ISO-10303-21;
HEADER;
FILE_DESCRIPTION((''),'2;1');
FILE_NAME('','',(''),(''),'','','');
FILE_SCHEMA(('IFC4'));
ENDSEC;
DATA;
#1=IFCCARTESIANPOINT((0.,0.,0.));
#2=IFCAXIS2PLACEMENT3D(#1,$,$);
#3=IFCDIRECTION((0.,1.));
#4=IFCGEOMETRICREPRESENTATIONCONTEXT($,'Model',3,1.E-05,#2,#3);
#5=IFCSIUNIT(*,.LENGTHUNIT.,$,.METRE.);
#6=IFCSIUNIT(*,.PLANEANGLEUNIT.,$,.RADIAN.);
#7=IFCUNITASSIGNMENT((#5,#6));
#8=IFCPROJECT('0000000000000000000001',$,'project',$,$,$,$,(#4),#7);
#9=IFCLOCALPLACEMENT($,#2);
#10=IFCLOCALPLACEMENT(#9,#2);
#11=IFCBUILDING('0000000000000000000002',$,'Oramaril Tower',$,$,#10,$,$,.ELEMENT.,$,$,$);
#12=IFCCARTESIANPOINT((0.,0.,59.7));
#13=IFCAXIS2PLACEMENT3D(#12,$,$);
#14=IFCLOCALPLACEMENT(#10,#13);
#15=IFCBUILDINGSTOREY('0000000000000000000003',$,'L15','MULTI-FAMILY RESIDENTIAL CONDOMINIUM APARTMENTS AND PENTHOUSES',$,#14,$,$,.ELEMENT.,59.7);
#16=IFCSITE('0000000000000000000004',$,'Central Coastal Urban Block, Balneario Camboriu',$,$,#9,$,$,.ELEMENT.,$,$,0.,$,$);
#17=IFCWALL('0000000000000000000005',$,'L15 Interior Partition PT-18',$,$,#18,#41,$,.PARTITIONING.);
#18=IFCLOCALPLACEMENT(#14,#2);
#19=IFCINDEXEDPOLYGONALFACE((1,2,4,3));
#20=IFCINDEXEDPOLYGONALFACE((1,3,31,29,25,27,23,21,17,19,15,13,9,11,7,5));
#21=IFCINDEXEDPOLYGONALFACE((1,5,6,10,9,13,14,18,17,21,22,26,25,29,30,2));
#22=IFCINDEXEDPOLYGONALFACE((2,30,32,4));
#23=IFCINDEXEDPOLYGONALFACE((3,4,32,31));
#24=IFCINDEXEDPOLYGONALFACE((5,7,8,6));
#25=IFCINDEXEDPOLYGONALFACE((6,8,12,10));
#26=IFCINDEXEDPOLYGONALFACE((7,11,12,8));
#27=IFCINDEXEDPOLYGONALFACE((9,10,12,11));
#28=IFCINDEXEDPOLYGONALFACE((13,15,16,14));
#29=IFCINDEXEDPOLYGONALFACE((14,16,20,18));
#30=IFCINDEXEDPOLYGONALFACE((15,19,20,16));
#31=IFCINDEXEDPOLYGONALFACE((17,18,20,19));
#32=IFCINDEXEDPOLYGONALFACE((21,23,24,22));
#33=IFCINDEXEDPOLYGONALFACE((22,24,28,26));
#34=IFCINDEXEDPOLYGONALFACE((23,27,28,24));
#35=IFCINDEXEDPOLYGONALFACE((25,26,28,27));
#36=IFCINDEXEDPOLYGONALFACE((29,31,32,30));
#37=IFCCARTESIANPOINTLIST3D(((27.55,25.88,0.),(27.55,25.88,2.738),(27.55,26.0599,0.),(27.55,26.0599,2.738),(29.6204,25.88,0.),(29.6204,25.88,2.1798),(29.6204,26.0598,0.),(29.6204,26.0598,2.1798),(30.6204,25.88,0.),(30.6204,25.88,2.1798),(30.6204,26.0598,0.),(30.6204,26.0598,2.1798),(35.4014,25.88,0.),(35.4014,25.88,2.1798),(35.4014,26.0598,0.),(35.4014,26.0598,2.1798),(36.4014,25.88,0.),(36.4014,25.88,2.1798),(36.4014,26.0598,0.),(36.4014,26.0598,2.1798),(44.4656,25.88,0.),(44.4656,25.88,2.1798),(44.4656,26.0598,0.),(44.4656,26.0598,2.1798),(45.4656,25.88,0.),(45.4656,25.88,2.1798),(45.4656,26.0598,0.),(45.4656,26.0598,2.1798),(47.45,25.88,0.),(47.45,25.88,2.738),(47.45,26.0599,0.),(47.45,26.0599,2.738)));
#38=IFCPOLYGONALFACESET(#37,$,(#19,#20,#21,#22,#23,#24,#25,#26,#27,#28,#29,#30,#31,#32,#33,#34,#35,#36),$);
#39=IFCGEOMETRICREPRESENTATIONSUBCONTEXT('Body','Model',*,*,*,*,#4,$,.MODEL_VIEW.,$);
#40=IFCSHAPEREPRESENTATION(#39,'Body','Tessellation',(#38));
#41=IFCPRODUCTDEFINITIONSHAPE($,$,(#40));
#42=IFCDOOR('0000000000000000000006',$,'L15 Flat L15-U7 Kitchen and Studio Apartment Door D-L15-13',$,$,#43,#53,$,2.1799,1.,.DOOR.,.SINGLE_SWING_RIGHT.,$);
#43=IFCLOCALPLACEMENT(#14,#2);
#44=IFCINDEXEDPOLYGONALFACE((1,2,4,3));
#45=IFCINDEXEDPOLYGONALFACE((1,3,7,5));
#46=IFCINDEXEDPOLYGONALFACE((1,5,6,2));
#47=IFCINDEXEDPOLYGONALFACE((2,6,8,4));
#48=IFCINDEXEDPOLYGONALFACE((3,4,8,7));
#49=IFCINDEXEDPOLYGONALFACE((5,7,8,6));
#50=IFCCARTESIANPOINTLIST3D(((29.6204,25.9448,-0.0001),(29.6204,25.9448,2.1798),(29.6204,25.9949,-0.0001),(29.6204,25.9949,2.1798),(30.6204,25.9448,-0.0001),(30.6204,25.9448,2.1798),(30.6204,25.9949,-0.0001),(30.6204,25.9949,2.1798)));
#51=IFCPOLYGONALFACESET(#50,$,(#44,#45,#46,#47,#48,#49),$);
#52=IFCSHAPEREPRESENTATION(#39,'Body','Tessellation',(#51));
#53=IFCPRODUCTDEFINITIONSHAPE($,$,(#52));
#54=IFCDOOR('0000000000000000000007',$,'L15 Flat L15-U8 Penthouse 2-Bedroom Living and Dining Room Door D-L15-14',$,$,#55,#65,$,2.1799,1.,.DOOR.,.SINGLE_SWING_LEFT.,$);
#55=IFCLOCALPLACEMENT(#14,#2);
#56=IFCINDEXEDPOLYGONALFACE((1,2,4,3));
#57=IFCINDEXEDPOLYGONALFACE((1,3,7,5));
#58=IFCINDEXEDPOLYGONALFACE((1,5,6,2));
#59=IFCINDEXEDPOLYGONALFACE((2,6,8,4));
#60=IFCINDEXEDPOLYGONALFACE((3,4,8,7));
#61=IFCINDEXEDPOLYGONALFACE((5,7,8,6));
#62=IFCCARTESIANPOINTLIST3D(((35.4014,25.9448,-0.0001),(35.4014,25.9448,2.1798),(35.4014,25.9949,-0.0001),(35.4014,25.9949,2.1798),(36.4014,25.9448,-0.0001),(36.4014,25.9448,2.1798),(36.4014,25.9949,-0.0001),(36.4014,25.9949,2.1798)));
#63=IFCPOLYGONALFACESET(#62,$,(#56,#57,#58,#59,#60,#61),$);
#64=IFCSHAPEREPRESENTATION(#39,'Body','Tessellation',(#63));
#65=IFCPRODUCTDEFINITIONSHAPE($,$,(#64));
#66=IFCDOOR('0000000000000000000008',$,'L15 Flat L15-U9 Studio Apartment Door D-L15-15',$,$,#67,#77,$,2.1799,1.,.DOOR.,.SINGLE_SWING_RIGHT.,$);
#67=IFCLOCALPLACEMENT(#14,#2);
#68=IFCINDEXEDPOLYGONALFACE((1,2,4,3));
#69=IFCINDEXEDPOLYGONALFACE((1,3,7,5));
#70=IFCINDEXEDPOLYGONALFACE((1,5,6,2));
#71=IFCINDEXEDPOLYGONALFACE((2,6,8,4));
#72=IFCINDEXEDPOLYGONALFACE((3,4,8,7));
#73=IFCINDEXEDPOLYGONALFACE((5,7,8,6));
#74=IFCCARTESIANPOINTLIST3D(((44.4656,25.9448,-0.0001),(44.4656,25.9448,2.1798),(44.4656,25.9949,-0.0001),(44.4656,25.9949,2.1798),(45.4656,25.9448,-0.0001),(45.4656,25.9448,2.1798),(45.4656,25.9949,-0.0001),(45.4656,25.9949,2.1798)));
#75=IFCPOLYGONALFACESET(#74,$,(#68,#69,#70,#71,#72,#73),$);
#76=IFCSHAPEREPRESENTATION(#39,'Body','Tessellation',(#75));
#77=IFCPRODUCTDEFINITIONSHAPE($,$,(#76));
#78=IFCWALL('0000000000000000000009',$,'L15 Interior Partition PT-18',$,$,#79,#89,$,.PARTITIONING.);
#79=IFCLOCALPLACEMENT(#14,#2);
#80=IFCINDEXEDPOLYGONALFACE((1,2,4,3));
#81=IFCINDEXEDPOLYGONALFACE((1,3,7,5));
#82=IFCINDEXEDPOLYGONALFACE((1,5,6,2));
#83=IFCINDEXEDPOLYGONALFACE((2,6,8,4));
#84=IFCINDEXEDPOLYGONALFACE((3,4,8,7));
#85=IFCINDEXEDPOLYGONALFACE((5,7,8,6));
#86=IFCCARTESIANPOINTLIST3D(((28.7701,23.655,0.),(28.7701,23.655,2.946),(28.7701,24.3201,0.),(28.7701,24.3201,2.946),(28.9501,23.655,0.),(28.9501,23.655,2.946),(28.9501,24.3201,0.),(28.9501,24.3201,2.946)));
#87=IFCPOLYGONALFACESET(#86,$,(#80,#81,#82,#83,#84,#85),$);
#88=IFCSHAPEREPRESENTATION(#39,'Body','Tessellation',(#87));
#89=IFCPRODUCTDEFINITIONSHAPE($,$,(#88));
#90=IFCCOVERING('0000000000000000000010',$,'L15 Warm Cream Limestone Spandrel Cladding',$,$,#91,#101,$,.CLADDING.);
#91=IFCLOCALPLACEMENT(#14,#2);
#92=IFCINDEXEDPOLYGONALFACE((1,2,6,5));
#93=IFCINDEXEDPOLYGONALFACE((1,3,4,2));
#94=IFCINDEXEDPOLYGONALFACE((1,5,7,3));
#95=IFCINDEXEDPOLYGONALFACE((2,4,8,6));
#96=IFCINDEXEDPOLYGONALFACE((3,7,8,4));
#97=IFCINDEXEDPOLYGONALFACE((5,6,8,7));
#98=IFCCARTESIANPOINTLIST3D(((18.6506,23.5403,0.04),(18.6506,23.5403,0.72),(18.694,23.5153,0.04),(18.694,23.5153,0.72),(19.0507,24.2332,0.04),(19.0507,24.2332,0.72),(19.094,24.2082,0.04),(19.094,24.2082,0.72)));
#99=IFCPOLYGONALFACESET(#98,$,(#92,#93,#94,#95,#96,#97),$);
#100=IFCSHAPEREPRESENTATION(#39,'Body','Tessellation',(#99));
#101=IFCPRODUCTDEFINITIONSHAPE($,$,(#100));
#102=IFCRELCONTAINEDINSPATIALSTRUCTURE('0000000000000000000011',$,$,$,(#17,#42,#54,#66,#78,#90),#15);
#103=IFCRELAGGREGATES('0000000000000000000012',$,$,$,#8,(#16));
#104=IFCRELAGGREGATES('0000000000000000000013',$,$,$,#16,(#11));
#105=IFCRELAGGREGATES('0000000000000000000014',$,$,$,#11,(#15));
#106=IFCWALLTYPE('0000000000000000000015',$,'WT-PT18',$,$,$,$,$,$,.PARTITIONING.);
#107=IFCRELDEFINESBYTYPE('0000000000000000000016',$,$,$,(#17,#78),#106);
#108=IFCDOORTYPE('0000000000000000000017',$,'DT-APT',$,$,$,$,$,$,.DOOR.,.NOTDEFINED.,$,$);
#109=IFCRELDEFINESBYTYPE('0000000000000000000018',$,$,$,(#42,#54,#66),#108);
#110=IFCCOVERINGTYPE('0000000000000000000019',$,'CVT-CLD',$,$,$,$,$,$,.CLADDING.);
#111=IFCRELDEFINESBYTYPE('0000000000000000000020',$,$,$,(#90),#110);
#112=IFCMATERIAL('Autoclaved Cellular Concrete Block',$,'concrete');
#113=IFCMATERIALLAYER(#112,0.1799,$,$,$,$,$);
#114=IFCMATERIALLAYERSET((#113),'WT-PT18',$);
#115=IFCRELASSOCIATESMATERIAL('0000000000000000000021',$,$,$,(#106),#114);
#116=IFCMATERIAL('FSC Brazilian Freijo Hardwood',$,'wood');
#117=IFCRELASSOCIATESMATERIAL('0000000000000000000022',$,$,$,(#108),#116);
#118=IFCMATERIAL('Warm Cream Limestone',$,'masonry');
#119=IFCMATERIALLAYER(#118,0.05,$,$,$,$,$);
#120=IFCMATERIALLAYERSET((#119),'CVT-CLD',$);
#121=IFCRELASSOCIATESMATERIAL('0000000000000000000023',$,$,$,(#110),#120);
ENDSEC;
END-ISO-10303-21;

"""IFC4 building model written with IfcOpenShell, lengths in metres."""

from ifc_helpers import new_model, si_unit, direction, frame, frame_2d, origin, origin_2d, place, context, subcontext, project, spatial, rectangle, extrude, material, layer, layer_set, type_object, element, fill, save


model = new_model("IFC4")

# Units and contexts
model_context = context("Model", 3, precision=1e-05, world=origin(), true_north=direction((0.0, 1.0)))
body_context = subcontext(model_context, "Body", "Model", "MODEL_VIEW")
ifc_project = project(units=[si_unit("LENGTHUNIT", "METRE"), si_unit("PLANEANGLEUNIT", "RADIAN")], contexts=[model_context])

# Site, building, storey
site_placement = place(None, origin())
site = spatial("IfcSite", under=ifc_project, at=site_placement, Name="Central Coastal Urban Block, Balneario Camboriu", CompositionType="ELEMENT", RefElevation=0.0)
building_placement = place(site_placement, origin())
building = spatial("IfcBuilding", under=site, at=building_placement, Name="Oramaril Tower", CompositionType="ELEMENT")
storey_placement = place(building_placement, frame((0.0, 0.0, 59.7)))
storey = spatial("IfcBuildingStorey", under=building, at=storey_placement, Name="L15", Description="MULTI-FAMILY RESIDENTIAL CONDOMINIUM APARTMENTS AND PENTHOUSES", CompositionType="ELEMENT", Elevation=59.7)

# Shared definitions
ifc_material_1 = material(Name="Autoclaved Cellular Concrete Block", Category="concrete")
ifc_layer_1 = layer(ifc_material_1, 0.1799)
ifc_layer_set_1 = layer_set([ifc_layer_1], Name="WT-PT18")
wall_type_1 = type_object("IfcWallType", Name="WT-PT18", PredefinedType="PARTITIONING", material=ifc_layer_set_1)

# Wall, openings, doors
wall_1_placement = place(storey_placement, frame((27.55, 25.97, 0.0), z_axis=(0.0, 0.0, 1.0), x_axis=(1.0, 0.0, 0.0)))
wall_1 = element("IfcWall", 1, at=wall_1_placement, inside=storey, type_object=wall_type_1, Name="L15 Interior Partition PT-18", PredefinedType="PARTITIONING", context=body_context, shape_type="SweptSolid", body=[
    extrude(rectangle(XDim=19.8999, YDim=0.1799, at=frame_2d((9.95, 0.0))), origin(), (0.0, 0.0, 1.0), 2.738),
])
opening_1_placement = place(wall_1_placement, frame((2.0703, 0.0, 0.0)))
opening_1 = element("IfcOpeningElement", 2, at=opening_1_placement, cuts=wall_1, PredefinedType="OPENING", context=body_context, shape_type="SweptSolid", body=[
    extrude(rectangle(XDim=1.0, YDim=2.1799, at=frame_2d((0.5, 1.0898))), frame((0.0, 0.0898, 0.0), z_axis=(0.0, -1.0, 0.0), x_axis=(1.0, 0.0, 0.0)), (0.0, 0.0, 1.0), 0.1799),
])
opening_2_placement = place(wall_1_placement, frame((7.8513, 0.0, 0.0)))
opening_2 = element("IfcOpeningElement", 3, at=opening_2_placement, cuts=wall_1, PredefinedType="OPENING", context=body_context, shape_type="SweptSolid", body=[
    extrude(rectangle(XDim=1.0, YDim=2.1799, at=frame_2d((0.5, 1.0898))), frame((0.0, 0.0898, 0.0), z_axis=(0.0, -1.0, 0.0), x_axis=(1.0, 0.0, 0.0)), (0.0, 0.0, 1.0), 0.1799),
])
opening_3_placement = place(wall_1_placement, frame((16.9155, 0.0, 0.0)))
opening_3 = element("IfcOpeningElement", 4, at=opening_3_placement, cuts=wall_1, PredefinedType="OPENING", context=body_context, shape_type="SweptSolid", body=[
    extrude(rectangle(XDim=1.0, YDim=2.1799, at=frame_2d((0.5, 1.0898))), frame((0.0, 0.0898, 0.0), z_axis=(0.0, -1.0, 0.0), x_axis=(1.0, 0.0, 0.0)), (0.0, 0.0, 1.0), 0.1799),
])
ifc_material_2 = material(Name="FSC Brazilian Freijo Hardwood", Category="wood")
door_type_1 = type_object("IfcDoorType", Name="DT-APT", OperationType="NOTDEFINED", PredefinedType="DOOR", material=ifc_material_2)
door_1_placement = place(opening_1_placement, origin())
door_1 = element("IfcDoor", 5, at=door_1_placement, inside=storey, type_object=door_type_1, Name="L15 Flat L15-U7 Kitchen and Studio Apartment Door D-L15-13", OperationType="SINGLE_SWING_RIGHT", OverallHeight=2.1799, OverallWidth=1.0, PredefinedType="DOOR", context=body_context, shape_type="SweptSolid", body=[
    extrude(rectangle(XDim=1.0, YDim=2.1799, at=frame_2d((0.5, 1.0898))), frame((0.0, 0.0249, 0.0), z_axis=(0.0, -1.0, 0.0), x_axis=(1.0, 0.0, 0.0)), (0.0, 0.0, 1.0), 0.05),
])
fill(opening_1, door_1)
door_2_placement = place(opening_2_placement, origin())
door_2 = element("IfcDoor", 6, at=door_2_placement, inside=storey, type_object=door_type_1, Name="L15 Flat L15-U8 Penthouse 2-Bedroom Living and Dining Room Door D-L15-14", OperationType="SINGLE_SWING_LEFT", OverallHeight=2.1799, OverallWidth=1.0, PredefinedType="DOOR", context=body_context, shape_type="SweptSolid", body=[
    extrude(rectangle(XDim=1.0, YDim=2.1799, at=frame_2d((0.5, 1.0898))), frame((0.0, 0.0249, 0.0), z_axis=(0.0, -1.0, 0.0), x_axis=(1.0, 0.0, 0.0)), (0.0, 0.0, 1.0), 0.05),
])
fill(opening_2, door_2)
door_3_placement = place(opening_3_placement, origin())
door_3 = element("IfcDoor", 7, at=door_3_placement, inside=storey, type_object=door_type_1, Name="L15 Flat L15-U9 Studio Apartment Door D-L15-15", OperationType="SINGLE_SWING_RIGHT", OverallHeight=2.1799, OverallWidth=1.0, PredefinedType="DOOR", context=body_context, shape_type="SweptSolid", body=[
    extrude(rectangle(XDim=1.0, YDim=2.1799, at=frame_2d((0.5, 1.0898))), frame((0.0, 0.0249, 0.0), z_axis=(0.0, -1.0, 0.0), x_axis=(1.0, 0.0, 0.0)), (0.0, 0.0, 1.0), 0.05),
])
fill(opening_3, door_3)

# Wall
wall_2_placement = place(storey_placement, frame((28.8601, 23.655, 0.0), z_axis=(0.0, 0.0, 1.0), x_axis=(0.0, 1.0, 0.0)))
element("IfcWall", 8, at=wall_2_placement, inside=storey, type_object=wall_type_1, Name="L15 Interior Partition PT-18", PredefinedType="PARTITIONING", context=body_context, shape_type="SweptSolid", body=[
    extrude(rectangle(XDim=0.665, YDim=0.1799, at=frame_2d((0.3325, 0.0))), origin(), (0.0, 0.0, 1.0), 2.946),
])

# Covering
ifc_material_3 = material(Name="Warm Cream Limestone", Category="masonry")
ifc_layer_2 = layer(ifc_material_3, 0.05)
ifc_layer_set_2 = layer_set([ifc_layer_2], Name="CVT-CLD")
covering_type = type_object("IfcCoveringType", Name="CVT-CLD", PredefinedType="CLADDING", material=ifc_layer_set_2)
covering_placement = place(storey_placement, frame((18.8723, 23.8743, 0.04), z_axis=(0.0, 0.0, 1.0), x_axis=(-0.499998, -0.866026, 0.0)))
element("IfcCovering", 9, at=covering_placement, inside=storey, type_object=covering_type, Name="L15 Warm Cream Limestone Spandrel Cladding", PredefinedType="CLADDING", context=body_context, shape_type="SweptSolid", body=[
    extrude(rectangle(XDim=0.8, YDim=0.05, at=origin_2d()), origin(), (0.0, 0.0, 1.0), 0.6799),
])

save(model, "model.ifc")
